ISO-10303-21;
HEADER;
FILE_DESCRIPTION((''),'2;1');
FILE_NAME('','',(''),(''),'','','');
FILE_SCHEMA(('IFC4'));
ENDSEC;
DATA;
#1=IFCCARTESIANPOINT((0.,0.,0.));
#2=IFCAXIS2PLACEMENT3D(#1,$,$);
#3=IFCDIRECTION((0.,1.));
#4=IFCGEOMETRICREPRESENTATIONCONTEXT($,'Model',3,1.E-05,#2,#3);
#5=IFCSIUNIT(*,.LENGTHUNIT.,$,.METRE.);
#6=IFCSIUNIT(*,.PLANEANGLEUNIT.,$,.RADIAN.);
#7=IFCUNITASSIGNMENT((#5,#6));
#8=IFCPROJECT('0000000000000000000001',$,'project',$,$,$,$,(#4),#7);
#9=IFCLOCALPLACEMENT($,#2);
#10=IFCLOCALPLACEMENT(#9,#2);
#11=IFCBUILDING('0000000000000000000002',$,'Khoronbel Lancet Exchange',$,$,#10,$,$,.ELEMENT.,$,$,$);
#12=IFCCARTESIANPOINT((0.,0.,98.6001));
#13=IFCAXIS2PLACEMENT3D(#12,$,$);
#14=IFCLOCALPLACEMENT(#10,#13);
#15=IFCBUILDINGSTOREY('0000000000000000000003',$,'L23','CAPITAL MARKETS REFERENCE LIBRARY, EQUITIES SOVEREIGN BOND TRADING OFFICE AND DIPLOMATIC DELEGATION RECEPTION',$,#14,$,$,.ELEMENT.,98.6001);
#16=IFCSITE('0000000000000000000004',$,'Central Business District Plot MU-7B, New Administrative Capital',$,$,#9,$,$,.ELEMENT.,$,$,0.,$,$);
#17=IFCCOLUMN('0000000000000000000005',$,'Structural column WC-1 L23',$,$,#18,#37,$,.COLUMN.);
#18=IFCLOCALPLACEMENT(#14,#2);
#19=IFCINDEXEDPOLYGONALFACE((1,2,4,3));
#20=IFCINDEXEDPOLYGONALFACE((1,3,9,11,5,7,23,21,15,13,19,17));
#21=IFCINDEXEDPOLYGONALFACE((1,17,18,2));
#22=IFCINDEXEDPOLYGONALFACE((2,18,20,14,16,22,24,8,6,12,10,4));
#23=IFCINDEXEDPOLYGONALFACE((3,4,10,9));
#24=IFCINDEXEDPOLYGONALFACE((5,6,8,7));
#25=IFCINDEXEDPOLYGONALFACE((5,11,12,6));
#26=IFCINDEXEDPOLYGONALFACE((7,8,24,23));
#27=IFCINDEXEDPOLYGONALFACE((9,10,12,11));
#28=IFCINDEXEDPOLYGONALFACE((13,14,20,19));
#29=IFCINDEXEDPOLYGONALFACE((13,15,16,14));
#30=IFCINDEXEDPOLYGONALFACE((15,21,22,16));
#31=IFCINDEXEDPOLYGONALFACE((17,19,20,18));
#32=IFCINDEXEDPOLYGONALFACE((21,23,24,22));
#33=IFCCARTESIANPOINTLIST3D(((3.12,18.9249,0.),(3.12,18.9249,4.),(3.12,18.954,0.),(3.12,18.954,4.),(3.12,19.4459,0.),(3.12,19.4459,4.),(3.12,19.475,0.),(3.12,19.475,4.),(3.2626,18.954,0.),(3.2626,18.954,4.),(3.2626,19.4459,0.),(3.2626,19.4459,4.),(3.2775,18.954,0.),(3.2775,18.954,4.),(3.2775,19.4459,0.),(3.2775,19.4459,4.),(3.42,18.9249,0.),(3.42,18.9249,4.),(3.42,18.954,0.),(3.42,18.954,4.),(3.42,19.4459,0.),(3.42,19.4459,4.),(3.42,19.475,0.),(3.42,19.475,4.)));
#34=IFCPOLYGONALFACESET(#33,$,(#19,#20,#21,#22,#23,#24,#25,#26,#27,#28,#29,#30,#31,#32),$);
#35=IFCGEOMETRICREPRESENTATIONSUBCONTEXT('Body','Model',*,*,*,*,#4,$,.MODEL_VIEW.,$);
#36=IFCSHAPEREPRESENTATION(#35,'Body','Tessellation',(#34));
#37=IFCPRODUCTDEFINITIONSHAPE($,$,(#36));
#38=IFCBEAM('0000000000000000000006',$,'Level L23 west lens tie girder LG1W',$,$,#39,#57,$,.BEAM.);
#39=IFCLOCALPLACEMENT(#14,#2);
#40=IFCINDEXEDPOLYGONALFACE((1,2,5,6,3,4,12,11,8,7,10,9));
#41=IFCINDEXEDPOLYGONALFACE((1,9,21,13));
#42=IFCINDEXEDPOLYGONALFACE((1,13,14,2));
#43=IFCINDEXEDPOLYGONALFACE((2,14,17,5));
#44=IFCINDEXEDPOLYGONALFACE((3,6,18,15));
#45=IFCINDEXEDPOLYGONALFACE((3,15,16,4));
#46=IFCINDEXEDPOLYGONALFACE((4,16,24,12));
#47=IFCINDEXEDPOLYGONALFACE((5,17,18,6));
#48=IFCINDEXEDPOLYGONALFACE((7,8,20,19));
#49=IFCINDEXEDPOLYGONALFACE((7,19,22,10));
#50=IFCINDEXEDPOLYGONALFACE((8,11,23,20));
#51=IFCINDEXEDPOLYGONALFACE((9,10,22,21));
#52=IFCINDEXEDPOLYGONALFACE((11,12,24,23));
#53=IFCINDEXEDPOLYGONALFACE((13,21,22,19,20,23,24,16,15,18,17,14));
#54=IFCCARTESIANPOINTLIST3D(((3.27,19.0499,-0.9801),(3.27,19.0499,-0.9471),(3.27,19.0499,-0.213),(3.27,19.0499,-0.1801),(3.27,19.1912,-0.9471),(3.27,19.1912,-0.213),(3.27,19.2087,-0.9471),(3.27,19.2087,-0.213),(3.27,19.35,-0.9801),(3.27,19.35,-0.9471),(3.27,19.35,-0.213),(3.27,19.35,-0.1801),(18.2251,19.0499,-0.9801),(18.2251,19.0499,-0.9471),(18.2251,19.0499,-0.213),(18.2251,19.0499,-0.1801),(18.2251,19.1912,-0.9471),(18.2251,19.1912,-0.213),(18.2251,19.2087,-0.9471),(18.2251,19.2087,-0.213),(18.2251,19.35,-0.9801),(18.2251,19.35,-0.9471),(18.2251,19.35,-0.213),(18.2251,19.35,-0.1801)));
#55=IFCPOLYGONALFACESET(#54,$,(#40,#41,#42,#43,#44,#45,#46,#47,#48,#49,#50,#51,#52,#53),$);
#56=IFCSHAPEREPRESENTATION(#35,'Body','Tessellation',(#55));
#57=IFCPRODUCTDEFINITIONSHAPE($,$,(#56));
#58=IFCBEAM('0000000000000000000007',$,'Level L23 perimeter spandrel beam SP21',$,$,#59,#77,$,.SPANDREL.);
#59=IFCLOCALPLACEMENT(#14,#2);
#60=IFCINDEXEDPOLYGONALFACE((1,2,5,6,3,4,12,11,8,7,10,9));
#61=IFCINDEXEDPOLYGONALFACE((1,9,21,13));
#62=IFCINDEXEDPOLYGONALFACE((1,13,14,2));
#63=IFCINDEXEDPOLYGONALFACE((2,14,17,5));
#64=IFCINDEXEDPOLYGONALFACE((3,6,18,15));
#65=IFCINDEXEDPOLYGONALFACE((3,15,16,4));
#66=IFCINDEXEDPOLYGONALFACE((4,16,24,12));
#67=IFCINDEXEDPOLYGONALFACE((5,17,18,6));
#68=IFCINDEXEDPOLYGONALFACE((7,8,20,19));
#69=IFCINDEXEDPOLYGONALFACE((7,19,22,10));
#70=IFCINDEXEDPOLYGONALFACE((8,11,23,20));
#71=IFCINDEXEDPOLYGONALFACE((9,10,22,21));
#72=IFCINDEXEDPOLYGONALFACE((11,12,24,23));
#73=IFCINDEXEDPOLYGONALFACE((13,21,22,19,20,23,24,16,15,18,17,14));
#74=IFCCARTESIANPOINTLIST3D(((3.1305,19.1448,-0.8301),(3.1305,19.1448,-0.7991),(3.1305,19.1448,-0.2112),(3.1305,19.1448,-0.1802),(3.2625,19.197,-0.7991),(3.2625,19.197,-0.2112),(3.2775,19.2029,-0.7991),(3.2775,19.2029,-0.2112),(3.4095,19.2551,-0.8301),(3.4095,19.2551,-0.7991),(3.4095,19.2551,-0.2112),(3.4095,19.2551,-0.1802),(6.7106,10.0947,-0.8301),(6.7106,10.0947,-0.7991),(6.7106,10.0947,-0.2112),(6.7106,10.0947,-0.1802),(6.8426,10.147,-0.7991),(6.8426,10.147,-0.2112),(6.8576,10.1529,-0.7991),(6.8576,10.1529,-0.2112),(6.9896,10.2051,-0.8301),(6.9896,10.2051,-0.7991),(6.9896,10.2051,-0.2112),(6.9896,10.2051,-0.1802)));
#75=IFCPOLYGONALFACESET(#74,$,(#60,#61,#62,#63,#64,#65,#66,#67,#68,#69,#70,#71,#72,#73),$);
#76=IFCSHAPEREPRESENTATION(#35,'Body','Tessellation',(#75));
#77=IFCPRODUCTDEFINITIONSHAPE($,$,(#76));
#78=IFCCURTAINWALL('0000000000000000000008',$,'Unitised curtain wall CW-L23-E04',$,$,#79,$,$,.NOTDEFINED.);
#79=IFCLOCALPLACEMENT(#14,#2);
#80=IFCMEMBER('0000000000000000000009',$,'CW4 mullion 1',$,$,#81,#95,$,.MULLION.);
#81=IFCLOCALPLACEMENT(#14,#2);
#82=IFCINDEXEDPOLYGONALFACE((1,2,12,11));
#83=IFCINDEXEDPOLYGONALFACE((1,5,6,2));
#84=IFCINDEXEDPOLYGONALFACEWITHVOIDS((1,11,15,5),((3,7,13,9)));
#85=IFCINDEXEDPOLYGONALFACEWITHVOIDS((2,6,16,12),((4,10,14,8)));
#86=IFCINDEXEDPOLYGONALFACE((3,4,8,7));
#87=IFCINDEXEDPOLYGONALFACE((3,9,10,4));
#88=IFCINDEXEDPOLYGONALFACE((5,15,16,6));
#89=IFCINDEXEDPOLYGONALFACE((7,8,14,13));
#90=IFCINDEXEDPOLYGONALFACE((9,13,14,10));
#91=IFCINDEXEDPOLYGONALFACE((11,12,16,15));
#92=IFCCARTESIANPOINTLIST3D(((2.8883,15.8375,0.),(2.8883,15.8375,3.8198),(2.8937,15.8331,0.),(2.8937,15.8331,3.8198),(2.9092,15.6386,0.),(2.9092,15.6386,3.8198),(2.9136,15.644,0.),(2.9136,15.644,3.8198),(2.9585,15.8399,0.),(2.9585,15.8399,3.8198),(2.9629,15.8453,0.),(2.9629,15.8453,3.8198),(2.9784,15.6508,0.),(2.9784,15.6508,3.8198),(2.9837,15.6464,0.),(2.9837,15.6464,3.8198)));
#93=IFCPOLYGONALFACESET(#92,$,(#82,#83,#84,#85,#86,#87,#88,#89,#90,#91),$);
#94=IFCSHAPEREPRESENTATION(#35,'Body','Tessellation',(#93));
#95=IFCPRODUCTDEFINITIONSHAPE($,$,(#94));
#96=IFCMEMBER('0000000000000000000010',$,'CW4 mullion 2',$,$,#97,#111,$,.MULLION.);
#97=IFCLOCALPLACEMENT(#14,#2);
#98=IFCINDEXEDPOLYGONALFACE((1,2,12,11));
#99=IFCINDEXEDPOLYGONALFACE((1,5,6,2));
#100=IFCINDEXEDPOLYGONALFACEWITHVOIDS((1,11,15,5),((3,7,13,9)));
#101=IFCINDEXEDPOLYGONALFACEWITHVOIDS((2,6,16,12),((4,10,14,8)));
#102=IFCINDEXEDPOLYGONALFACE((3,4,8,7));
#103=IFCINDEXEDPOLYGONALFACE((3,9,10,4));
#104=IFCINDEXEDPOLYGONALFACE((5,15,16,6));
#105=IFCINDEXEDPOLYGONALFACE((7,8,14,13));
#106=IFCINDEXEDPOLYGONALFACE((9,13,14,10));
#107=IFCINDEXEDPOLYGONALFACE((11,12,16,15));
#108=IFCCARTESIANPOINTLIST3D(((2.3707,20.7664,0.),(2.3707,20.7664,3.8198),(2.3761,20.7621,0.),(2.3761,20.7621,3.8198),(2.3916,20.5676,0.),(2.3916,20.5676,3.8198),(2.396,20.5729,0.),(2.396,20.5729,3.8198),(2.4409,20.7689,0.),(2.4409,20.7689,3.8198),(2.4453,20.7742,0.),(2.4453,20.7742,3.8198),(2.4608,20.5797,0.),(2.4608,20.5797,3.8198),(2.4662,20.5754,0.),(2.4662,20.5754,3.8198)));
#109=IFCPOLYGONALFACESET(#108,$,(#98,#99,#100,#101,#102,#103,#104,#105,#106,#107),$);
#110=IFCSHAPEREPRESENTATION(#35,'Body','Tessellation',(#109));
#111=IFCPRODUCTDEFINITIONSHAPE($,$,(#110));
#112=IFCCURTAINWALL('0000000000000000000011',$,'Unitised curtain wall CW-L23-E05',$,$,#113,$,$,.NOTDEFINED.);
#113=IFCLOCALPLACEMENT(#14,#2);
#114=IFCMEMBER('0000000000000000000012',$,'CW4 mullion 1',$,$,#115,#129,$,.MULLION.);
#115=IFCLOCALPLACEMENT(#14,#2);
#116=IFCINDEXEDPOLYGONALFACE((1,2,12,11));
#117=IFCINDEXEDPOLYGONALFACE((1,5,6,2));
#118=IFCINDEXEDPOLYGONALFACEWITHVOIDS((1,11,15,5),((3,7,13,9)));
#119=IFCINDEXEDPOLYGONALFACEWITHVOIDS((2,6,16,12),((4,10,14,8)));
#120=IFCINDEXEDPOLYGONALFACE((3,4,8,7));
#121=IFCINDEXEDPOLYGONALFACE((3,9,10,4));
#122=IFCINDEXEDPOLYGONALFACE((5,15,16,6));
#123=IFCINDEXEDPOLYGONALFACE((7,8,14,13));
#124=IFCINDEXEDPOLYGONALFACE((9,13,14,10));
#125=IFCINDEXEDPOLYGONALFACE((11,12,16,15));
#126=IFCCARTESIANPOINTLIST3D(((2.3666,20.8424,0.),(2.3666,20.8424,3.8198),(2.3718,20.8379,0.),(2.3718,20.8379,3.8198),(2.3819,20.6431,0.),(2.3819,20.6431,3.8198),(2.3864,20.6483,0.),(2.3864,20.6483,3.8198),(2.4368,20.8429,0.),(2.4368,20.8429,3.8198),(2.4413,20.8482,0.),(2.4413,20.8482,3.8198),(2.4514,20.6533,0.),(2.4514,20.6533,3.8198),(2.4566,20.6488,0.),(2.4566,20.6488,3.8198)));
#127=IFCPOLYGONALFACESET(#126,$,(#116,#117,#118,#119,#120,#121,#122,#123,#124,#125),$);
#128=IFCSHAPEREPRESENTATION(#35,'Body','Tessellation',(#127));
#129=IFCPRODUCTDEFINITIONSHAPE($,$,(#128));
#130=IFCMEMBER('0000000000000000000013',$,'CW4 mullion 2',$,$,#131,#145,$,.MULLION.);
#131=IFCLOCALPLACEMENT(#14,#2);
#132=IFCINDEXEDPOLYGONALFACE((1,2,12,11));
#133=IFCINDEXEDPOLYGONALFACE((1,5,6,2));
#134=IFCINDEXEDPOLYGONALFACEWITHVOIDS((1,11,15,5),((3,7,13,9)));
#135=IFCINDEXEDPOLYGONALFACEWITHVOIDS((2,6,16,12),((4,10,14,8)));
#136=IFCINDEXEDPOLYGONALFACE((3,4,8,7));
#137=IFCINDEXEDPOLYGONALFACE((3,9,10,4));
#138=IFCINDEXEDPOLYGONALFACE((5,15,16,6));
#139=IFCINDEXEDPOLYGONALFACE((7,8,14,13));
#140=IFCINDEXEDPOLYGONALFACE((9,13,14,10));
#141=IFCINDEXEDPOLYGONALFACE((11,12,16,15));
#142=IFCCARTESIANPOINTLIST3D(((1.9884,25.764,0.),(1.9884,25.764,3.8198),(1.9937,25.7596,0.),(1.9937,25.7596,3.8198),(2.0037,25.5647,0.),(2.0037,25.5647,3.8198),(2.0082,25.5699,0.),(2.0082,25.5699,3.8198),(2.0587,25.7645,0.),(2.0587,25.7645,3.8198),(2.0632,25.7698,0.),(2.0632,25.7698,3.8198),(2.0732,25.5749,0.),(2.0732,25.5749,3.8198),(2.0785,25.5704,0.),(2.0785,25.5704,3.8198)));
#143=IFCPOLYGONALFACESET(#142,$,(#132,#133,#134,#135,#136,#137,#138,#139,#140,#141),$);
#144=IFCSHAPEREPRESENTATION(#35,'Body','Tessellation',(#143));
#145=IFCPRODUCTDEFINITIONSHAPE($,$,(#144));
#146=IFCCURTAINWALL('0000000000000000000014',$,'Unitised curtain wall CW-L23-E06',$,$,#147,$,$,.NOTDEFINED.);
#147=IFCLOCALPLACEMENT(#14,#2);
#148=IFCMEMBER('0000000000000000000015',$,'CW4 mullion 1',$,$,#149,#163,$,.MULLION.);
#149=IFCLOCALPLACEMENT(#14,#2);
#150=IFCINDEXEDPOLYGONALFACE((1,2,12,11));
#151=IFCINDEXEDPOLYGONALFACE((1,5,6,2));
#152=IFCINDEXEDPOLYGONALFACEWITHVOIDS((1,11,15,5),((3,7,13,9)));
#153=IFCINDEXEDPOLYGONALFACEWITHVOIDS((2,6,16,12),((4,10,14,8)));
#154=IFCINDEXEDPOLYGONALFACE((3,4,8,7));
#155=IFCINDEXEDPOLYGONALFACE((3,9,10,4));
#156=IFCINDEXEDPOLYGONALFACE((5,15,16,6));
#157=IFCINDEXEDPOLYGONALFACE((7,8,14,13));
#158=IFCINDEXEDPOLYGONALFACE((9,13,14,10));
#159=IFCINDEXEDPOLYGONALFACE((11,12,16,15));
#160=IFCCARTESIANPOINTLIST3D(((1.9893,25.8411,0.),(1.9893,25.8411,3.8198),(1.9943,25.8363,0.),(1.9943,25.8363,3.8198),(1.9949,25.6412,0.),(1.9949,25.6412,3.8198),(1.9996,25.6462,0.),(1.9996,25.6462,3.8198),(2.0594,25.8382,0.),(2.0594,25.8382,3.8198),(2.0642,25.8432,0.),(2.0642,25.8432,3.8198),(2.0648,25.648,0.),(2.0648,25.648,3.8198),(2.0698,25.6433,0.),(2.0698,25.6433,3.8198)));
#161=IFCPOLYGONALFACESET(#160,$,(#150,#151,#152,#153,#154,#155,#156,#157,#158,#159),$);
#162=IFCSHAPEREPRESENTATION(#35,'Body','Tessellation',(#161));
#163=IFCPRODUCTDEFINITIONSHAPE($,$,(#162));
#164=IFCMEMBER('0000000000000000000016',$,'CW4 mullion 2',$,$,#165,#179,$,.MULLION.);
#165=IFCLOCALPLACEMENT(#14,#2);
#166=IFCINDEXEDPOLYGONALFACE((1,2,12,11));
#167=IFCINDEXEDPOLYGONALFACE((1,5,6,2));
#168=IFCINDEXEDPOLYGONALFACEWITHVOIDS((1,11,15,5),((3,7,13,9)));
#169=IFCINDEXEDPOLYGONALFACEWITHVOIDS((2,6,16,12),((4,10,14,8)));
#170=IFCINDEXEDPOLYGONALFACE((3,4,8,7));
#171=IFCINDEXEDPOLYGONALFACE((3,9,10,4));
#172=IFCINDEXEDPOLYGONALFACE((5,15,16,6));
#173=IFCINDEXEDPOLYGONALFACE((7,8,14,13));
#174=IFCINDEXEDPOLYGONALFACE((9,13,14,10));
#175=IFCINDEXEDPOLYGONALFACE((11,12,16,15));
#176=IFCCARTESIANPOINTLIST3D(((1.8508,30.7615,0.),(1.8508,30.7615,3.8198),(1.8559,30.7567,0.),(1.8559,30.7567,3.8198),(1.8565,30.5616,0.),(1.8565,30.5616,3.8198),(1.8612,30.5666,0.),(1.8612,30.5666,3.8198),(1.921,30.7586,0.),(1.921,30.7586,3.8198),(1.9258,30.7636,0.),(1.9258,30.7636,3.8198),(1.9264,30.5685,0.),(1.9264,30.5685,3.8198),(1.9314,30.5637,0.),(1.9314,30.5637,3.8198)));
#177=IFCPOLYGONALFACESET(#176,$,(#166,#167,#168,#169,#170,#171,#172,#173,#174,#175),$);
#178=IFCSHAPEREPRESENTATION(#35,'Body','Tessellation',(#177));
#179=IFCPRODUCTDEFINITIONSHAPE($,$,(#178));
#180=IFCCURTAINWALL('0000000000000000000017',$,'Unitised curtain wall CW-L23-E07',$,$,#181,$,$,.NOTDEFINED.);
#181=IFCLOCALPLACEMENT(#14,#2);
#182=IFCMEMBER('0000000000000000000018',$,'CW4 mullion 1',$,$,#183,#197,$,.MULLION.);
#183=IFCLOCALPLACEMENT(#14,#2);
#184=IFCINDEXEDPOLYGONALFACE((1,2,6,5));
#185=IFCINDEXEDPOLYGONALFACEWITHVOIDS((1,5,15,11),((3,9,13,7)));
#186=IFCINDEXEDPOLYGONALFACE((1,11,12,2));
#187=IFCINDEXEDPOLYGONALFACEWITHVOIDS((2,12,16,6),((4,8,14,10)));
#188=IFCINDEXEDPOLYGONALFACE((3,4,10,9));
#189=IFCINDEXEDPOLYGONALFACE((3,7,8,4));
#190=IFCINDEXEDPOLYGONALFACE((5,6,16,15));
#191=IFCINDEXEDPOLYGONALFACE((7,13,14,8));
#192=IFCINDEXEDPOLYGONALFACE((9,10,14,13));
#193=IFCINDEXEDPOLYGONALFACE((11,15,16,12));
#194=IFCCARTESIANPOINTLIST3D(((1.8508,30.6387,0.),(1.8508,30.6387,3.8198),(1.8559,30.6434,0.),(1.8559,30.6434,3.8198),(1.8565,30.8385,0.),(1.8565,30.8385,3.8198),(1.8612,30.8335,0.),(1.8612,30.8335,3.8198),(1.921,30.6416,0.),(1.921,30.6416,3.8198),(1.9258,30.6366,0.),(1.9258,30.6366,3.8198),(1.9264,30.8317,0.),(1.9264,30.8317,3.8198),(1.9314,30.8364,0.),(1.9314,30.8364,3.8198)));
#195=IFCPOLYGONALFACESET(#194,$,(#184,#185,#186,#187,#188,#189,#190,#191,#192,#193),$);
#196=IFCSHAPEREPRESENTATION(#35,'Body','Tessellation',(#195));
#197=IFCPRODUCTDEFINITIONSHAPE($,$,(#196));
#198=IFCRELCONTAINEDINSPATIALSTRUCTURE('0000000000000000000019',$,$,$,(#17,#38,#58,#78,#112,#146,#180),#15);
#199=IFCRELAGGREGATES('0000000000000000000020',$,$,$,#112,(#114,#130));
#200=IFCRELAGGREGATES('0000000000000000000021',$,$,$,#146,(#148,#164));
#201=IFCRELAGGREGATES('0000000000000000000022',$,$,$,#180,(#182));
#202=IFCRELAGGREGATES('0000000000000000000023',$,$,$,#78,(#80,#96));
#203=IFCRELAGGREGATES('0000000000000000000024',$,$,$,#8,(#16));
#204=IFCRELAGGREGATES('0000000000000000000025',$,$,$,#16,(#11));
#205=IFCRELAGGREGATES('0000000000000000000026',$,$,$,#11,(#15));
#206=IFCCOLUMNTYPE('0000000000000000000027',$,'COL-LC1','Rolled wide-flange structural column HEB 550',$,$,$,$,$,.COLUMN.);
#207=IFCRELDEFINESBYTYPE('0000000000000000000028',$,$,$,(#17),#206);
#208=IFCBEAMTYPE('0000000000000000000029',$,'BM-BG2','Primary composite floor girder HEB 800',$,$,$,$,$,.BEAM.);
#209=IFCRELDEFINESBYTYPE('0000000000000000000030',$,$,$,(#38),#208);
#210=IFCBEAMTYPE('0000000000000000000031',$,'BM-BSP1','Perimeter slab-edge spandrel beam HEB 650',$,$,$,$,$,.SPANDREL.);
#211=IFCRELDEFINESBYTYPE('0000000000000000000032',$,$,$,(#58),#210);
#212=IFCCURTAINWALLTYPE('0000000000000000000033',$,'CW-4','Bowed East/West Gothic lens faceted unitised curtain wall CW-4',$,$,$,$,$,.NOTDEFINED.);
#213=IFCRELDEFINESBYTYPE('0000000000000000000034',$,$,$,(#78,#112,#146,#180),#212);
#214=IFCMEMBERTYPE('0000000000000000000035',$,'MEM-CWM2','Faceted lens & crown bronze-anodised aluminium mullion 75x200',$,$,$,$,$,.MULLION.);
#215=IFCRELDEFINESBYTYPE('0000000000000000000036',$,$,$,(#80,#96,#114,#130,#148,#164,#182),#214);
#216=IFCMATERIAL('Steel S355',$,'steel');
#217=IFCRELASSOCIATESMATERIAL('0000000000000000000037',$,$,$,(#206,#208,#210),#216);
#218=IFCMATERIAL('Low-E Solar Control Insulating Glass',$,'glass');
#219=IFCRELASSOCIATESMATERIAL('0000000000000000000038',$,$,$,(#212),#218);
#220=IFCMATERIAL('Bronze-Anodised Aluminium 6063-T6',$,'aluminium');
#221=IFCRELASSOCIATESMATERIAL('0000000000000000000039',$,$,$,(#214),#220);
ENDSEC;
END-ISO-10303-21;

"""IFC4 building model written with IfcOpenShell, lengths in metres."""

from ifc_helpers import new_model, si_unit, direction, frame, origin, origin_2d, place, context, subcontext, project, spatial, hollow_rectangle, i_section, extrude, material, material_profile, profile_set, type_object, element, aggregate, save


model = new_model("IFC4")

# Units and contexts
model_context = context("Model", 3, precision=1e-05, world=origin(), true_north=direction((0.0, 1.0)))
body_context = subcontext(model_context, "Body", "Model", "MODEL_VIEW")
ifc_project = project(units=[si_unit("LENGTHUNIT", "METRE"), si_unit("PLANEANGLEUNIT", "RADIAN")], contexts=[model_context])

# Site, building, storey
site_placement = place(None, origin())
site = spatial("IfcSite", under=ifc_project, at=site_placement, Name="Central Business District Plot MU-7B, New Administrative Capital", CompositionType="ELEMENT", RefElevation=0.0)
building_placement = place(site_placement, origin())
building = spatial("IfcBuilding", under=site, at=building_placement, Name="Khoronbel Lancet Exchange", CompositionType="ELEMENT")
storey_placement = place(building_placement, frame((0.0, 0.0, 98.6001)))
storey = spatial("IfcBuildingStorey", under=building, at=storey_placement, Name="L23", Description="CAPITAL MARKETS REFERENCE LIBRARY, EQUITIES SOVEREIGN BOND TRADING OFFICE AND DIPLOMATIC DELEGATION RECEPTION", CompositionType="ELEMENT", Elevation=98.6001)

# Column
ifc_material_1 = material(Name="Steel S355", Category="steel")
ifc_material_profile_1 = material_profile(ifc_material_1, i_section(OverallWidth=0.3, OverallDepth=0.55, WebThickness=0.0149, FlangeThickness=0.0291, at=origin_2d()), Name="HEB 550")
ifc_profile_set_1 = profile_set([ifc_material_profile_1], Name="Steel S355")
column_type = type_object("IfcColumnType", Name="COL-LC1", Description="Rolled wide-flange structural column HEB 550", PredefinedType="COLUMN", material=ifc_profile_set_1)
column_placement = place(storey_placement, frame((3.27, 19.2, 0.0), z_axis=(0.0, 0.0, 1.0), x_axis=(1.0, 0.0, 0.0)))
element("IfcColumn", 1, at=column_placement, inside=storey, type_object=column_type, Name="Structural column WC-1 L23", PredefinedType="COLUMN", context=body_context, shape_type="SweptSolid", body=[
    extrude(i_section(OverallWidth=0.3, OverallDepth=0.55, WebThickness=0.0149, FlangeThickness=0.0291, at=origin_2d()), origin(), (0.0, 0.0, 1.0), 4.0),
])

# Beams
ifc_material_profile_2 = material_profile(ifc_material_1, i_section(OverallWidth=0.3, OverallDepth=0.8, WebThickness=0.0176, FlangeThickness=0.033, at=origin_2d()), Name="HEB 800")
ifc_profile_set_2 = profile_set([ifc_material_profile_2], Name="Steel S355")
beam_type_1 = type_object("IfcBeamType", Name="BM-BG2", Description="Primary composite floor girder HEB 800", PredefinedType="BEAM", material=ifc_profile_set_2)
beam_1_placement = place(storey_placement, frame((3.27, 19.2, -0.5801), z_axis=(1.0, 0.0, 0.0), x_axis=(0.0, 1.0, 0.0)))
element("IfcBeam", 2, at=beam_1_placement, inside=storey, type_object=beam_type_1, Name="Level L23 west lens tie girder LG1W", PredefinedType="BEAM", context=body_context, shape_type="SweptSolid", body=[
    extrude(i_section(OverallWidth=0.3, OverallDepth=0.8, WebThickness=0.0176, FlangeThickness=0.033, at=origin_2d()), origin(), (0.0, 0.0, 1.0), 14.9551),
])
ifc_material_profile_3 = material_profile(ifc_material_1, i_section(OverallWidth=0.3, OverallDepth=0.6499, WebThickness=0.0161, FlangeThickness=0.031, at=origin_2d()), Name="HEB 650")
ifc_profile_set_3 = profile_set([ifc_material_profile_3], Name="Steel S355")
beam_type_2 = type_object("IfcBeamType", Name="BM-BSP1", Description="Perimeter slab-edge spandrel beam HEB 650", PredefinedType="SPANDREL", material=ifc_profile_set_3)
beam_2_placement = place(storey_placement, frame((3.27, 19.2, -0.5051), z_axis=(0.36785, -0.929885, 0.0), x_axis=(0.929885, 0.36785, 0.0)))
element("IfcBeam", 3, at=beam_2_placement, inside=storey, type_object=beam_type_2, Name="Level L23 perimeter spandrel beam SP21", PredefinedType="SPANDREL", context=body_context, shape_type="SweptSolid", body=[
    extrude(i_section(OverallWidth=0.3, OverallDepth=0.6499, WebThickness=0.0161, FlangeThickness=0.031, at=origin_2d()), origin(), (0.0, 0.0, 1.0), 9.7324),
])

# Curtain walls, members
ifc_material_2 = material(Name="Low-E Solar Control Insulating Glass", Category="glass")
curtain_wall_type = type_object("IfcCurtainWallType", Name="CW-4", Description="Bowed East/West Gothic lens faceted unitised curtain wall CW-4", PredefinedType="NOTDEFINED", material=ifc_material_2)
curtain_wall_1_placement = place(storey_placement, origin())
curtain_wall_1 = element("IfcCurtainWall", 4, at=curtain_wall_1_placement, inside=storey, type_object=curtain_wall_type, Name="Unitised curtain wall CW-L23-E04", PredefinedType="NOTDEFINED")
ifc_material_3 = material(Name="Bronze-Anodised Aluminium 6063-T6", Category="aluminium")
ifc_material_profile_4 = material_profile(ifc_material_3, hollow_rectangle(XDim=0.075, YDim=0.2, WallThickness=0.0049, at=origin_2d()), Name="ALU MULLION 75x200")
ifc_profile_set_4 = profile_set([ifc_material_profile_4], Name="Bronze-Anodised Aluminium 6063-T6")
member_type_1 = type_object("IfcMemberType", Name="MEM-CWM2", Description="Faceted lens & crown bronze-anodised aluminium mullion 75x200", PredefinedType="MULLION", material=ifc_profile_set_4)
member_1_placement = place(storey_placement, frame((2.936, 15.7419, 0.0), z_axis=(0.0, 0.0, 1.0), x_axis=(-0.994532, -0.104434, 0.0)))
member_1 = element("IfcMember", 5, at=member_1_placement, type_object=member_type_1, Name="CW4 mullion 1", PredefinedType="MULLION", context=body_context, shape_type="SweptSolid", body=[
    extrude(hollow_rectangle(XDim=0.075, YDim=0.2, WallThickness=0.0049, at=origin_2d()), origin(), (0.0, 0.0, 1.0), 3.8198),
])
member_2_placement = place(storey_placement, frame((2.4185, 20.6709, 0.0), z_axis=(0.0, 0.0, 1.0), x_axis=(-0.994532, -0.104434, 0.0)))
member_2 = element("IfcMember", 6, at=member_2_placement, type_object=member_type_1, Name="CW4 mullion 2", PredefinedType="MULLION", context=body_context, shape_type="SweptSolid", body=[
    extrude(hollow_rectangle(XDim=0.075, YDim=0.2, WallThickness=0.0049, at=origin_2d()), origin(), (0.0, 0.0, 1.0), 3.8198),
])
curtain_wall_2_placement = place(storey_placement, origin())
curtain_wall_2 = element("IfcCurtainWall", 7, at=curtain_wall_2_placement, inside=storey, type_object=curtain_wall_type, Name="Unitised curtain wall CW-L23-E05", PredefinedType="NOTDEFINED")
member_3_placement = place(storey_placement, frame((2.4116, 20.7456, 0.0), z_axis=(0.0, 0.0, 1.0), x_axis=(-0.99706, -0.076626, 0.0)))
member_3 = element("IfcMember", 8, at=member_3_placement, type_object=member_type_1, Name="CW4 mullion 1", PredefinedType="MULLION", context=body_context, shape_type="SweptSolid", body=[
    extrude(hollow_rectangle(XDim=0.075, YDim=0.2, WallThickness=0.0049, at=origin_2d()), origin(), (0.0, 0.0, 1.0), 3.8198),
])
member_4_placement = place(storey_placement, frame((2.0334, 25.6672, 0.0), z_axis=(0.0, 0.0, 1.0), x_axis=(-0.99706, -0.076626, 0.0)))
member_4 = element("IfcMember", 9, at=member_4_placement, type_object=member_type_1, Name="CW4 mullion 2", PredefinedType="MULLION", context=body_context, shape_type="SweptSolid", body=[
    extrude(hollow_rectangle(XDim=0.075, YDim=0.2, WallThickness=0.0049, at=origin_2d()), origin(), (0.0, 0.0, 1.0), 3.8198),
])
curtain_wall_3_placement = place(storey_placement, origin())
curtain_wall_3 = element("IfcCurtainWall", 10, at=curtain_wall_3_placement, inside=storey, type_object=curtain_wall_type, Name="Unitised curtain wall CW-L23-E06", PredefinedType="NOTDEFINED")
member_5_placement = place(storey_placement, frame((2.0295, 25.7422, 0.0), z_axis=(0.0, 0.0, 1.0), x_axis=(-0.999604, -0.028135, 0.0)))
member_5 = element("IfcMember", 11, at=member_5_placement, type_object=member_type_1, Name="CW4 mullion 1", PredefinedType="MULLION", context=body_context, shape_type="SweptSolid", body=[
    extrude(hollow_rectangle(XDim=0.075, YDim=0.2, WallThickness=0.0049, at=origin_2d()), origin(), (0.0, 0.0, 1.0), 3.8198),
])
member_6_placement = place(storey_placement, frame((1.8911, 30.6626, 0.0), z_axis=(0.0, 0.0, 1.0), x_axis=(-0.999604, -0.028135, 0.0)))
member_6 = element("IfcMember", 12, at=member_6_placement, type_object=member_type_1, Name="CW4 mullion 2", PredefinedType="MULLION", context=body_context, shape_type="SweptSolid", body=[
    extrude(hollow_rectangle(XDim=0.075, YDim=0.2, WallThickness=0.0049, at=origin_2d()), origin(), (0.0, 0.0, 1.0), 3.8198),
])
curtain_wall_4_placement = place(storey_placement, origin())
curtain_wall_4 = element("IfcCurtainWall", 13, at=curtain_wall_4_placement, inside=storey, type_object=curtain_wall_type, Name="Unitised curtain wall CW-L23-E07", PredefinedType="NOTDEFINED")
member_7_placement = place(storey_placement, frame((1.8911, 30.7375, 0.0), z_axis=(0.0, 0.0, 1.0), x_axis=(-0.999604, 0.028135, 0.0)))
member_7 = element("IfcMember", 14, at=member_7_placement, type_object=member_type_1, Name="CW4 mullion 1", PredefinedType="MULLION", context=body_context, shape_type="SweptSolid", body=[
    extrude(hollow_rectangle(XDim=0.075, YDim=0.2, WallThickness=0.0049, at=origin_2d()), origin(), (0.0, 0.0, 1.0), 3.8198),
])

aggregate(curtain_wall_2, [member_3, member_4])
aggregate(curtain_wall_3, [member_5, member_6])
aggregate(curtain_wall_4, [member_7])
aggregate(curtain_wall_1, [member_1, member_2])

save(model, "model.ifc")
